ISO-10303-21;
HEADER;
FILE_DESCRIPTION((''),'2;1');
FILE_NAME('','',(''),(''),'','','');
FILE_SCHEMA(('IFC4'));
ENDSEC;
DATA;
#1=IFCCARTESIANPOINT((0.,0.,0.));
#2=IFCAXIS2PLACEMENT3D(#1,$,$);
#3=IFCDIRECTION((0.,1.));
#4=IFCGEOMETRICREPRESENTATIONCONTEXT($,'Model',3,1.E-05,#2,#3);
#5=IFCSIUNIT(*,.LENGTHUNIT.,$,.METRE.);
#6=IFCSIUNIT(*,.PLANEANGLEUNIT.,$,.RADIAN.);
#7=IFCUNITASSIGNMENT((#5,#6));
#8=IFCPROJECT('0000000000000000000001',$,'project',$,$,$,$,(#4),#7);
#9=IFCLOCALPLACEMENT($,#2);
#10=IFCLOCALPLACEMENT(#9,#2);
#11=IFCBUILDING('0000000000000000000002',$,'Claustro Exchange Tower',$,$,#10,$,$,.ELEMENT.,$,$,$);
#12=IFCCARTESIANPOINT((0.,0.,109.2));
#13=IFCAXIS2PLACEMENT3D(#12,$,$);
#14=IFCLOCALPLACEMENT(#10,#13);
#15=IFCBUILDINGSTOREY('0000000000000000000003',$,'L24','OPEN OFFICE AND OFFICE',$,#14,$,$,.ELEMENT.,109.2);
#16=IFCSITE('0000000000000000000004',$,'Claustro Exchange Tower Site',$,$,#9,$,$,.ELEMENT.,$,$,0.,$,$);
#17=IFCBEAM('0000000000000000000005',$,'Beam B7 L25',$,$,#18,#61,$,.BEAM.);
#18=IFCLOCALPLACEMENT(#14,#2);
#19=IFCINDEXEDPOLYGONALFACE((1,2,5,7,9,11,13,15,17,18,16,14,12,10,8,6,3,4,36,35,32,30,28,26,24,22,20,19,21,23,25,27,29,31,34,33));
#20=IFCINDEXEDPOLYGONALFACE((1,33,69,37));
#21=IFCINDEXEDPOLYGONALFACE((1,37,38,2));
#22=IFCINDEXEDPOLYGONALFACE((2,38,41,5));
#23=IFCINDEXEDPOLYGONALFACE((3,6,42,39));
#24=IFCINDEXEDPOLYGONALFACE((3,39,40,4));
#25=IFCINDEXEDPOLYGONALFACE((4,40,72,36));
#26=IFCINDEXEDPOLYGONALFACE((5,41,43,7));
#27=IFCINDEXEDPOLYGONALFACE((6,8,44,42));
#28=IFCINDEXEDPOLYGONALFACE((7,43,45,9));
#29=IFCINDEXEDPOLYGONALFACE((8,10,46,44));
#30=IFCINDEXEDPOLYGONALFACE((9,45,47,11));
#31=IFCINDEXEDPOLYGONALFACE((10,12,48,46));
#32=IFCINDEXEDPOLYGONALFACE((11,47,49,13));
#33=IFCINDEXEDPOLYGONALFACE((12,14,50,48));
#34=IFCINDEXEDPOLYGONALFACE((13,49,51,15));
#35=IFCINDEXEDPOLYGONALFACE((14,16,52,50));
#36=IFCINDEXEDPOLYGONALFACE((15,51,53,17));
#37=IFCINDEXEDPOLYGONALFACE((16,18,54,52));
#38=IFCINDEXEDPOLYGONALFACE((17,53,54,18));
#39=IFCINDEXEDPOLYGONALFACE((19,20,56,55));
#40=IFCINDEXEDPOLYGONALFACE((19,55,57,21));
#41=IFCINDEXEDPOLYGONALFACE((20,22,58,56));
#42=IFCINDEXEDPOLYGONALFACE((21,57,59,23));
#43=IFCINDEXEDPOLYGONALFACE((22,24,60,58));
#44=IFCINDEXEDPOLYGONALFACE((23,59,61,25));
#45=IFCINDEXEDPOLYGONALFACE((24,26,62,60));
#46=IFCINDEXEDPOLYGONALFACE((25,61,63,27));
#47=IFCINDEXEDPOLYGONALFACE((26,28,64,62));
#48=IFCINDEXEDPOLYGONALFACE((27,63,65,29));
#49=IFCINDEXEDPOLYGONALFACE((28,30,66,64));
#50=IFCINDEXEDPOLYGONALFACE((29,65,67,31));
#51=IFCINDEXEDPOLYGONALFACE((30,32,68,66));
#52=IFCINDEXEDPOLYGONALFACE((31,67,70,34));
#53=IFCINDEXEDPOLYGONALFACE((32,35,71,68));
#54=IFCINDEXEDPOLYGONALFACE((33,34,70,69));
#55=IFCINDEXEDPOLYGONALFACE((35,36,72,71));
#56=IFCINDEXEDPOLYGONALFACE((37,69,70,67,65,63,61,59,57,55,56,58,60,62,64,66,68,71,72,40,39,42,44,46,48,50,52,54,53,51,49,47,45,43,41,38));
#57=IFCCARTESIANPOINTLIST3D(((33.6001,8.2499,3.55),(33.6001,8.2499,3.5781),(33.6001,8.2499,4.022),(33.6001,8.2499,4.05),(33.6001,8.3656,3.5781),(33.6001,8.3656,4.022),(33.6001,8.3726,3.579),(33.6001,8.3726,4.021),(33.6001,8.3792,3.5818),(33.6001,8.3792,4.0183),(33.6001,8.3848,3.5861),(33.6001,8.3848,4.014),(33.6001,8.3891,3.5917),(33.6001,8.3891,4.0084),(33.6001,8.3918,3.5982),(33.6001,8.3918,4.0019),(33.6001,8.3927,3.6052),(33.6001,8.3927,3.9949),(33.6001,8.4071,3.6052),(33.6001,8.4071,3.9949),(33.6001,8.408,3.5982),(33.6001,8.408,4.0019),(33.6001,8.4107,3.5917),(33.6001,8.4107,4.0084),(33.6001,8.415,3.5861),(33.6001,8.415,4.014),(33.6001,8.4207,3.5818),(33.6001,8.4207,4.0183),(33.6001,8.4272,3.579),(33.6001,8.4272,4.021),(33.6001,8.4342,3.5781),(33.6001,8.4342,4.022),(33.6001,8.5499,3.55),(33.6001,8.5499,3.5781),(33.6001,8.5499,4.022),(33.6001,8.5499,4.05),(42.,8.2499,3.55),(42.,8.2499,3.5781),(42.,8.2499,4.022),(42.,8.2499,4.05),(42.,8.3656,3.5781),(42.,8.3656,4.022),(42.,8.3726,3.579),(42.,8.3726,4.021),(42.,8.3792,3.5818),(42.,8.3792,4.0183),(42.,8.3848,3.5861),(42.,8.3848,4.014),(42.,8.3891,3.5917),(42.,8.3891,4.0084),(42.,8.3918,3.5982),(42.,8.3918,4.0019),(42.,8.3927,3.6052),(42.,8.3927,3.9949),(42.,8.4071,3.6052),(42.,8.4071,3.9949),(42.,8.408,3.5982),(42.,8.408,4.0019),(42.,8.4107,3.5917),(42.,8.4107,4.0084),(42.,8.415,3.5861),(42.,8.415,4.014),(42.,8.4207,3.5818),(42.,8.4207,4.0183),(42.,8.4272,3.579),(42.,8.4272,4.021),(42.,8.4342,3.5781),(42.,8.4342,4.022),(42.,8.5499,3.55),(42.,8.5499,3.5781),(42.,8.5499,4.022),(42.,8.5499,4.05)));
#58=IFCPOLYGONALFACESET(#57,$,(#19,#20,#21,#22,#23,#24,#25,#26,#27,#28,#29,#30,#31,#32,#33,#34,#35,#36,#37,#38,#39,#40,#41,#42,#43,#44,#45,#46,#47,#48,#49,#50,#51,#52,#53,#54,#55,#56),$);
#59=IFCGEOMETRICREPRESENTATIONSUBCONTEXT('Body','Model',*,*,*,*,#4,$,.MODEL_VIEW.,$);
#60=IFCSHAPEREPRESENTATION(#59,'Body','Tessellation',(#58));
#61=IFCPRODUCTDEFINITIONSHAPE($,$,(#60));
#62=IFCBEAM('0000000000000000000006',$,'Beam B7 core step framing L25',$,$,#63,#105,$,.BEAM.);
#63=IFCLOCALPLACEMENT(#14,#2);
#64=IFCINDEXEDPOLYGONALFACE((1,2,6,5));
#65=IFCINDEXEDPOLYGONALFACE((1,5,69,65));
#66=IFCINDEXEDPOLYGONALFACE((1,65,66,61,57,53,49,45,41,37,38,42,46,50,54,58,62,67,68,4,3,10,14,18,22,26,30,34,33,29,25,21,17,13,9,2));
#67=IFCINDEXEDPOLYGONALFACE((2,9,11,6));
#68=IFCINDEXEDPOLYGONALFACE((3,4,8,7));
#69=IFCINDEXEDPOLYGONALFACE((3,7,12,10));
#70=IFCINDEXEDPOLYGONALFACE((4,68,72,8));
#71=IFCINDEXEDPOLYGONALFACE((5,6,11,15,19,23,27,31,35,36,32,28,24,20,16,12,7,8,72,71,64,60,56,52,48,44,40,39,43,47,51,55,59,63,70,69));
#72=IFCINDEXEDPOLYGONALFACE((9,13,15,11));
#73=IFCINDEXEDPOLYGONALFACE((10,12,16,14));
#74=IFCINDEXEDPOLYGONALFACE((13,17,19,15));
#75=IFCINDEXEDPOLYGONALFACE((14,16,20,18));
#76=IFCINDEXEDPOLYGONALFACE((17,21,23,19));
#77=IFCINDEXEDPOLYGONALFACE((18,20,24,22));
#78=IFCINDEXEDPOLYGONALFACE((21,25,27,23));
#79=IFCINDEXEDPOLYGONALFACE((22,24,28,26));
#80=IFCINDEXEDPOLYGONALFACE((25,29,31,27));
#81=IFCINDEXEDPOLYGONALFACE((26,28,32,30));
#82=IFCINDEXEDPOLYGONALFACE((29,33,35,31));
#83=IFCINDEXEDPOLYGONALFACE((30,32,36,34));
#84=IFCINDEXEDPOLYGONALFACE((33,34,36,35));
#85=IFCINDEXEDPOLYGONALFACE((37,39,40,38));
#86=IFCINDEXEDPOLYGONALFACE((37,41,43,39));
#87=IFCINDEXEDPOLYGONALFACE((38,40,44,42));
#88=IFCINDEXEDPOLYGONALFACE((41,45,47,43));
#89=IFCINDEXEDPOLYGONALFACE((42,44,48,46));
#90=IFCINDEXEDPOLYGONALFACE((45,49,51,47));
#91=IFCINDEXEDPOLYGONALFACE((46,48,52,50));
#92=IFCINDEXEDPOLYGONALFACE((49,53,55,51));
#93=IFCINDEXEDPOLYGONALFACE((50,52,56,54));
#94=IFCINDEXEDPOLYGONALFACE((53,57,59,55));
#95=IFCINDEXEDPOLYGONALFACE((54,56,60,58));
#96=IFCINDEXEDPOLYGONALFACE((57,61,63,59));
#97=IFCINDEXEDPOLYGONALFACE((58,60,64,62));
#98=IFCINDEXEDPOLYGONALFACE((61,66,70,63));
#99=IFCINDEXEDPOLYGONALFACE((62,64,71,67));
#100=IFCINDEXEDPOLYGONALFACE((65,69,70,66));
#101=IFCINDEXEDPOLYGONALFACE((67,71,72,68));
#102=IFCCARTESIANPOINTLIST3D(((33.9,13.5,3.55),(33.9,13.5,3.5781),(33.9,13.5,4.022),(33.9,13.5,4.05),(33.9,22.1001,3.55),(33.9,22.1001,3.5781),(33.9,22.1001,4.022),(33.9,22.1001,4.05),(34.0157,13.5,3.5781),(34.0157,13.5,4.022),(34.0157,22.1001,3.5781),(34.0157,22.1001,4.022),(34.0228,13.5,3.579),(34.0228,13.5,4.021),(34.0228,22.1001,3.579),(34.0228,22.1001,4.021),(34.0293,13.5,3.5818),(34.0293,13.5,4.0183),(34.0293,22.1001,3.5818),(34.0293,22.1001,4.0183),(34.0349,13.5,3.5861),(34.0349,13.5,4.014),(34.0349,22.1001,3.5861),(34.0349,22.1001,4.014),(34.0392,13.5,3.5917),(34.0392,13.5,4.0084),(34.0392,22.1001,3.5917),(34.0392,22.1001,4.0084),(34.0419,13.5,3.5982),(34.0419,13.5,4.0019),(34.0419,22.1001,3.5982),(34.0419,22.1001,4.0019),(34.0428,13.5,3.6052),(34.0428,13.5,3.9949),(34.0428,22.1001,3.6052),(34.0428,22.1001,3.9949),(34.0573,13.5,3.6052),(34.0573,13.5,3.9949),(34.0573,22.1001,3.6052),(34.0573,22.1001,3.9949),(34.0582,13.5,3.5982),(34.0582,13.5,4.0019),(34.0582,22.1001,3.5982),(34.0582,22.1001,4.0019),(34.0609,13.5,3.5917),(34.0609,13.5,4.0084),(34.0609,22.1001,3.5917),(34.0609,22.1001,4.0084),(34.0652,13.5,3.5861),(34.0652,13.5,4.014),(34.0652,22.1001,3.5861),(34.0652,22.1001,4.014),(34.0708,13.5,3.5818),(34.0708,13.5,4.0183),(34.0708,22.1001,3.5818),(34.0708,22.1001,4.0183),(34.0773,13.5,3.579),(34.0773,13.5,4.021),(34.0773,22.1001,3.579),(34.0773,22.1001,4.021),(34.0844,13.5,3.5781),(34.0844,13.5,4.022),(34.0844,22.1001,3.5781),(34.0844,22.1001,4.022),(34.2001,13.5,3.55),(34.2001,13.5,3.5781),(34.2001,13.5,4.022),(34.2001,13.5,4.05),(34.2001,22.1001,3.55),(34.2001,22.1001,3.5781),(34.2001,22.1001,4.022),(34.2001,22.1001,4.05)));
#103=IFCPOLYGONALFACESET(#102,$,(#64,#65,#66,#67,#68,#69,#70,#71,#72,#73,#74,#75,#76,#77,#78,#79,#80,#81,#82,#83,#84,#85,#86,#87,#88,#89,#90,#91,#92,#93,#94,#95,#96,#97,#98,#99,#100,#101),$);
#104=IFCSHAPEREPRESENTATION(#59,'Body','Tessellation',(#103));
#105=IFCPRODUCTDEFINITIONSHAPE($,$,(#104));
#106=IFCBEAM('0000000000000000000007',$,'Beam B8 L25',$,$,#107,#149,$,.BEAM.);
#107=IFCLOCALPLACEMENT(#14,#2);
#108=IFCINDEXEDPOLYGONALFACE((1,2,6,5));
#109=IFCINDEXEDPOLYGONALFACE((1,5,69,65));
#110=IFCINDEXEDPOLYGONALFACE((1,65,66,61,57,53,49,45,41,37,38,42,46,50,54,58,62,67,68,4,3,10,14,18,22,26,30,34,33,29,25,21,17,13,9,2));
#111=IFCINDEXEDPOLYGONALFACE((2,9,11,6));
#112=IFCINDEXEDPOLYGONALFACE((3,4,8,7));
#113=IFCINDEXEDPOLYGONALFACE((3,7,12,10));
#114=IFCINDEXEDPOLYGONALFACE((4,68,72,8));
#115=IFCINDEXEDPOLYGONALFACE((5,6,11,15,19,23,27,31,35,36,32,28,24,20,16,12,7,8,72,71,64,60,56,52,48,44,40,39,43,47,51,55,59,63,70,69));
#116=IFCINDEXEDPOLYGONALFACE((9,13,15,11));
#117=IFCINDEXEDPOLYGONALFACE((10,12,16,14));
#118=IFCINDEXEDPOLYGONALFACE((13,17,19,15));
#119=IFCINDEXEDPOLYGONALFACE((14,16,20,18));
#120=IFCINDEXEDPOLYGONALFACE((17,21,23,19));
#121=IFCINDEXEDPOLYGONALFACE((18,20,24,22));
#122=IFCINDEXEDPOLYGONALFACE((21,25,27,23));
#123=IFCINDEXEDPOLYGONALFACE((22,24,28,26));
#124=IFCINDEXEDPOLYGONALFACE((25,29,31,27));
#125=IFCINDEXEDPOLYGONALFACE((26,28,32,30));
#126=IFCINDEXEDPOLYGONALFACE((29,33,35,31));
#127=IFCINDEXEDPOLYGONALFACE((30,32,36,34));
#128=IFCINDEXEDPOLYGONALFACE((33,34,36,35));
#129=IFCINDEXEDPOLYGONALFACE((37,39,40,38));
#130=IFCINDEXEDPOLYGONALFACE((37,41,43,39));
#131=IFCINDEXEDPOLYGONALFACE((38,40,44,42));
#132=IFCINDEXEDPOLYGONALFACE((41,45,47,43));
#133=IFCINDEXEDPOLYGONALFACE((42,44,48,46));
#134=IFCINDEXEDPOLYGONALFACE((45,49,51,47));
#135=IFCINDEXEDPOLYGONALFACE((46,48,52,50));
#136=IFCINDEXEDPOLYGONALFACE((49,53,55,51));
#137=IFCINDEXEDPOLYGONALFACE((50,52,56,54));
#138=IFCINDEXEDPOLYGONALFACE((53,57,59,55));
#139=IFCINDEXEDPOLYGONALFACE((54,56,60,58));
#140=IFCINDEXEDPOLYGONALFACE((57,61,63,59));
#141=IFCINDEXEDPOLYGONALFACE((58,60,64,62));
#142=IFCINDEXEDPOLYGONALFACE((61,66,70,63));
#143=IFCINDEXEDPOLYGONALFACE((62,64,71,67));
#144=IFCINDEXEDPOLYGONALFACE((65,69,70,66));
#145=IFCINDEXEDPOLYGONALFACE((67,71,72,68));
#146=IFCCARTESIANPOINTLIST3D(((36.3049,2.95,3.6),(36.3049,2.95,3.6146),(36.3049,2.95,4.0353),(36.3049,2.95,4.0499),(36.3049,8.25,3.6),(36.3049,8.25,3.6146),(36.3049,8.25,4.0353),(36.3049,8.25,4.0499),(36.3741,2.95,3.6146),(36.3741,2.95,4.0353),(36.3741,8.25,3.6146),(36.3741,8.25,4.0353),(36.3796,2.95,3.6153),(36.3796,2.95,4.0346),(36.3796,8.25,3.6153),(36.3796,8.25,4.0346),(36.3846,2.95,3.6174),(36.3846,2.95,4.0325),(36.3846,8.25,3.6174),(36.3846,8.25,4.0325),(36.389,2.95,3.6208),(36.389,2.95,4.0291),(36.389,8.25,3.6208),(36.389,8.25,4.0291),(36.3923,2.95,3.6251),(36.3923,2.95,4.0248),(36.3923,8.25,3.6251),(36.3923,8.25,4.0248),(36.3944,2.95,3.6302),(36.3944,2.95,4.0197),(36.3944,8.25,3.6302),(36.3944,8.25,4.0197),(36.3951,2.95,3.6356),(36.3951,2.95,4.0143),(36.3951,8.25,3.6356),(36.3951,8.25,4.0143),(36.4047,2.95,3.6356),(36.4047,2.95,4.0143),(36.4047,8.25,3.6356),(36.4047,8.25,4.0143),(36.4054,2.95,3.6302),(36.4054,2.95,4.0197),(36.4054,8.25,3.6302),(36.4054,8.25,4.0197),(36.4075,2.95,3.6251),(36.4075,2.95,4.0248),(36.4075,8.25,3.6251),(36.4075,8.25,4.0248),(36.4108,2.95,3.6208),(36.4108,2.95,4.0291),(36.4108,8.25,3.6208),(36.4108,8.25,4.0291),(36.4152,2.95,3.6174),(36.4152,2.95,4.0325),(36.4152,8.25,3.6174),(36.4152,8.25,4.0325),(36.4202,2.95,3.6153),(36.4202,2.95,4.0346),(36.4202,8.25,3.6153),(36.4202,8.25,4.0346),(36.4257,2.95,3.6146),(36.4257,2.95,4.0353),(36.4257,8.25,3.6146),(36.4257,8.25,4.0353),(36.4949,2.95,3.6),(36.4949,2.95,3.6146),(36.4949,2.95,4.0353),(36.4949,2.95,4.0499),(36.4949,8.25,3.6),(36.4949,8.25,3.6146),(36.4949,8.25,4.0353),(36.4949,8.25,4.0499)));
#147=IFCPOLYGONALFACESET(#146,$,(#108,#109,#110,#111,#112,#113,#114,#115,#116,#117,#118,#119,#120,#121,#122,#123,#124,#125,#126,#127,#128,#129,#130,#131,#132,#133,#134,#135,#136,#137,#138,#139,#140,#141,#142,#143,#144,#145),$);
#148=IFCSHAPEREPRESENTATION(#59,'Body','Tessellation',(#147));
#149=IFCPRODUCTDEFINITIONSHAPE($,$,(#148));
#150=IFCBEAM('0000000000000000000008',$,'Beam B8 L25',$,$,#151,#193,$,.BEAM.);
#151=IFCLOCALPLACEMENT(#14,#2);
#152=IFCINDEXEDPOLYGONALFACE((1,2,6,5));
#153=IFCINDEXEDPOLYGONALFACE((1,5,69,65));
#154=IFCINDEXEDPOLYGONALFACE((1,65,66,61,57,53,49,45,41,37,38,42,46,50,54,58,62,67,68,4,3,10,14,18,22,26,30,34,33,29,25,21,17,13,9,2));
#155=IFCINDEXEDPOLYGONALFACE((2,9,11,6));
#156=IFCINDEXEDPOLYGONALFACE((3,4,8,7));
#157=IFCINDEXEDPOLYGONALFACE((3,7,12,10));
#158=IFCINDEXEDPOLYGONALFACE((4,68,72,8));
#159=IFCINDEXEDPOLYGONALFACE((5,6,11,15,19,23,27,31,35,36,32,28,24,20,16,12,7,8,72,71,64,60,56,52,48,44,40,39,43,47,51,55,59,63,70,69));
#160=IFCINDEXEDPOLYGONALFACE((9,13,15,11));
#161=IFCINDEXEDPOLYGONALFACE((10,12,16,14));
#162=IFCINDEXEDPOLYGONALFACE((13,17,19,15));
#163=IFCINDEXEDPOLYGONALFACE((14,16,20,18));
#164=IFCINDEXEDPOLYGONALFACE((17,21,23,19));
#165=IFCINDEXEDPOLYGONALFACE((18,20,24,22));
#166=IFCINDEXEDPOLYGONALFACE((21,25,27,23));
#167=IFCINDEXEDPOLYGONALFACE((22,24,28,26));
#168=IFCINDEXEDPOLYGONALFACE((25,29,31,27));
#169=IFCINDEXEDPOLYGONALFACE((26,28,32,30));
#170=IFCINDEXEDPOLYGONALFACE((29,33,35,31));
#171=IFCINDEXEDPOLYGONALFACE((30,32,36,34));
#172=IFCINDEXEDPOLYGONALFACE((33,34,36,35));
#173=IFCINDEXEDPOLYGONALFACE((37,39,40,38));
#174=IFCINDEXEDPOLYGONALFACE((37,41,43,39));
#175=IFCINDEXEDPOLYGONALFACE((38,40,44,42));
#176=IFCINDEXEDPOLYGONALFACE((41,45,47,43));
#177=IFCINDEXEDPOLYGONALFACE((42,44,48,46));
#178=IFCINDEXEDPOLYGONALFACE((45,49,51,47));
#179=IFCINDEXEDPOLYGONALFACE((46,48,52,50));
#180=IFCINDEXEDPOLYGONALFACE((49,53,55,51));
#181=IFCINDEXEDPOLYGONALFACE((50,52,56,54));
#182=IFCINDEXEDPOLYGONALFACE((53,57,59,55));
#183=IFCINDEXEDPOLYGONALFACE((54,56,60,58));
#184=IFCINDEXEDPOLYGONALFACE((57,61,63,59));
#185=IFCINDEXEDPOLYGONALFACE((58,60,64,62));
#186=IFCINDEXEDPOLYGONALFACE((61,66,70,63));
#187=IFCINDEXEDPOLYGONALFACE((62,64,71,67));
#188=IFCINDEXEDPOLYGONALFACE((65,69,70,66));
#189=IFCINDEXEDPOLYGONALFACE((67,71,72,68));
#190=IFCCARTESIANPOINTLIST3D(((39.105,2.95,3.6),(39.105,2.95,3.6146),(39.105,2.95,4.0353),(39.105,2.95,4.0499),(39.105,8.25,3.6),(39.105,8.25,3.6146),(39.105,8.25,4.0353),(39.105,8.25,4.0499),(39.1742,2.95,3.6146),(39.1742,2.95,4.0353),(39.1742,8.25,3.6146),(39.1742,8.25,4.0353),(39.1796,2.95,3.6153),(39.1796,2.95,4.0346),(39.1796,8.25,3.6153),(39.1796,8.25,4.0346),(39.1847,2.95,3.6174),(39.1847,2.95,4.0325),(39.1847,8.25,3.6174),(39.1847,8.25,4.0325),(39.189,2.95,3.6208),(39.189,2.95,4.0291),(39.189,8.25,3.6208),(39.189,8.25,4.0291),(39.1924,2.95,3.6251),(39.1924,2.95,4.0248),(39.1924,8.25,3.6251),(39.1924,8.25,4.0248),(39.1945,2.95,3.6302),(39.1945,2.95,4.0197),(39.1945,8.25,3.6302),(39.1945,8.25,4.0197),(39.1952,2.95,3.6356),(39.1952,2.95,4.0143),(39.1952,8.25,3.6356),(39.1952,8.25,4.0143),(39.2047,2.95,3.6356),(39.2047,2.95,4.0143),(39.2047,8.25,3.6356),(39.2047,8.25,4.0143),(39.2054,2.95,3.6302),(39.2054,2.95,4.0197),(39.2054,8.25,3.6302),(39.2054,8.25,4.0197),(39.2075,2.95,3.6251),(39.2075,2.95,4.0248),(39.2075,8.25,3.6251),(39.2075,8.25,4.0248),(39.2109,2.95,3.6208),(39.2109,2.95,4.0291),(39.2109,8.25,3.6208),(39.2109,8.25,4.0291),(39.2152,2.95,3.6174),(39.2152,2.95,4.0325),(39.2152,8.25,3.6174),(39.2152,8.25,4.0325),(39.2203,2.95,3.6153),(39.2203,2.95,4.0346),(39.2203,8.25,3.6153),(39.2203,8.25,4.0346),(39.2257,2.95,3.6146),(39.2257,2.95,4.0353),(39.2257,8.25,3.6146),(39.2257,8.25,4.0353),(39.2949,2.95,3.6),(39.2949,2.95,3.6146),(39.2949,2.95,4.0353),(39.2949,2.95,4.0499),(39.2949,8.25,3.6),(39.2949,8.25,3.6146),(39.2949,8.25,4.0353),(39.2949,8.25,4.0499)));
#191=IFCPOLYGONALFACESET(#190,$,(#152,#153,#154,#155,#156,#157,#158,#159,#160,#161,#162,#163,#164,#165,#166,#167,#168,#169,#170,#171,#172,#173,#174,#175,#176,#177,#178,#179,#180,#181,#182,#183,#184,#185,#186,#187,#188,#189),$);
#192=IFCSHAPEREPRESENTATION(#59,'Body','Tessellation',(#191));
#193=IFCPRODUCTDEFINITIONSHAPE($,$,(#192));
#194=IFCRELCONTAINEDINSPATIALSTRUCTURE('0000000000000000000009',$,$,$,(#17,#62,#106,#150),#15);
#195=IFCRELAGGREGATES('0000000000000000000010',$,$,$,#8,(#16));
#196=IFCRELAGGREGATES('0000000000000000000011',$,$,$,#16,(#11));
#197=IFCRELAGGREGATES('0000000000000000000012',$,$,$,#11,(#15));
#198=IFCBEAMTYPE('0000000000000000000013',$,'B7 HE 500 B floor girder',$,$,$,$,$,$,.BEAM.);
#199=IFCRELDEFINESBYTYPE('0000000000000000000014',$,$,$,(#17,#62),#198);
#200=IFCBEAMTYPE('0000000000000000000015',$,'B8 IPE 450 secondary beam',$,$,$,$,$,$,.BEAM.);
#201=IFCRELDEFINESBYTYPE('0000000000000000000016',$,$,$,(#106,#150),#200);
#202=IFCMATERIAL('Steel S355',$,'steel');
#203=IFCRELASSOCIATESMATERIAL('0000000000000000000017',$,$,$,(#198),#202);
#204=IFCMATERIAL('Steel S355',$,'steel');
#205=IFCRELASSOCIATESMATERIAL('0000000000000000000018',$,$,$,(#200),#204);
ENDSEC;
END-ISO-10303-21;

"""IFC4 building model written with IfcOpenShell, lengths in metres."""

from ifc_helpers import new_model, si_unit, direction, frame, origin, origin_2d, place, context, subcontext, project, spatial, i_section, extrude, material, material_profile, profile_set, type_object, element, save


model = new_model("IFC4")

# Units and contexts
model_context = context("Model", 3, precision=1e-05, world=origin(), true_north=direction((0.0, 1.0)))
body_context = subcontext(model_context, "Body", "Model", "MODEL_VIEW")
ifc_project = project(units=[si_unit("LENGTHUNIT", "METRE"), si_unit("PLANEANGLEUNIT", "RADIAN")], contexts=[model_context])

# Site, building, storey
site_placement = place(None, origin())
site = spatial("IfcSite", under=ifc_project, at=site_placement, Name="Claustro Exchange Tower Site", CompositionType="ELEMENT", RefElevation=0.0)
building_placement = place(site_placement, origin())
building = spatial("IfcBuilding", under=site, at=building_placement, Name="Claustro Exchange Tower", CompositionType="ELEMENT")
storey_placement = place(building_placement, frame((0.0, 0.0, 109.2)))
storey = spatial("IfcBuildingStorey", under=building, at=storey_placement, Name="L24", Description="OPEN OFFICE AND OFFICE", CompositionType="ELEMENT", Elevation=109.2)

# Beams
ifc_material_1 = material(Name="Steel S355", Category="steel")
ifc_material_profile_1 = material_profile(ifc_material_1, i_section(OverallWidth=0.3, OverallDepth=0.5, WebThickness=0.0144, FlangeThickness=0.0281, FilletRadius=0.0271, at=origin_2d()), Name="HE 500 B")
ifc_profile_set_1 = profile_set([ifc_material_profile_1], Name="Steel S355")
beam_type_1 = type_object("IfcBeamType", Name="B7 HE 500 B floor girder", PredefinedType="BEAM", material=ifc_profile_set_1)
beam_1_placement = place(storey_placement, frame((33.6001, 8.3999, 3.8), z_axis=(1.0, 0.0, 0.0), x_axis=(0.0, 1.0, 0.0)))
element("IfcBeam", 1, at=beam_1_placement, inside=storey, type_object=beam_type_1, Name="Beam B7 L25", PredefinedType="BEAM", context=body_context, shape_type="SweptSolid", body=[
    extrude(i_section(OverallWidth=0.3, OverallDepth=0.5, WebThickness=0.0144, FlangeThickness=0.0281, FilletRadius=0.0271, at=origin_2d()), origin(), (0.0, 0.0, 1.0), 8.3999),
])
beam_2_placement = place(storey_placement, frame((34.05, 13.5, 3.8), z_axis=(0.0, 1.0, 0.0), x_axis=(-1.0, 0.0, 0.0)))
element("IfcBeam", 2, at=beam_2_placement, inside=storey, type_object=beam_type_1, Name="Beam B7 core step framing L25", PredefinedType="BEAM", context=body_context, shape_type="SweptSolid", body=[
    extrude(i_section(OverallWidth=0.3, OverallDepth=0.5, WebThickness=0.0144, FlangeThickness=0.0281, FilletRadius=0.0271, at=origin_2d()), origin(), (0.0, 0.0, 1.0), 8.6001),
])
ifc_material_2 = material(Name="Steel S355", Category="steel")
ifc_material_profile_2 = material_profile(ifc_material_2, i_section(OverallWidth=0.1899, OverallDepth=0.45, WebThickness=0.0095, FlangeThickness=0.0146, FilletRadius=0.021, at=origin_2d()), Name="IPE 450")
ifc_profile_set_2 = profile_set([ifc_material_profile_2], Name="Steel S355")
beam_type_2 = type_object("IfcBeamType", Name="B8 IPE 450 secondary beam", PredefinedType="BEAM", material=ifc_profile_set_2)
for number, where, z_axis, x_axis, name in (
    (3, (36.3999, 2.95, 3.825), (0.0, 1.0, 0.0), (-1.0, 0.0, 0.0), "Beam B8 L25"),
    (4, (39.2, 2.95, 3.825), (0.0, 1.0, 0.0), (-1.0, 0.0, 0.0), "Beam B8 L25"),
):
    element("IfcBeam", number, at=place(storey_placement, frame(where, z_axis=z_axis, x_axis=x_axis)), inside=storey, type_object=beam_type_2, Name=name, PredefinedType="BEAM", context=body_context, shape_type="SweptSolid", body=[
        extrude(i_section(OverallWidth=0.1899, OverallDepth=0.45, WebThickness=0.0095, FlangeThickness=0.0146, FilletRadius=0.021, at=origin_2d()), origin(), (0.0, 0.0, 1.0), 5.3),
    ])

save(model, "model.ifc")
